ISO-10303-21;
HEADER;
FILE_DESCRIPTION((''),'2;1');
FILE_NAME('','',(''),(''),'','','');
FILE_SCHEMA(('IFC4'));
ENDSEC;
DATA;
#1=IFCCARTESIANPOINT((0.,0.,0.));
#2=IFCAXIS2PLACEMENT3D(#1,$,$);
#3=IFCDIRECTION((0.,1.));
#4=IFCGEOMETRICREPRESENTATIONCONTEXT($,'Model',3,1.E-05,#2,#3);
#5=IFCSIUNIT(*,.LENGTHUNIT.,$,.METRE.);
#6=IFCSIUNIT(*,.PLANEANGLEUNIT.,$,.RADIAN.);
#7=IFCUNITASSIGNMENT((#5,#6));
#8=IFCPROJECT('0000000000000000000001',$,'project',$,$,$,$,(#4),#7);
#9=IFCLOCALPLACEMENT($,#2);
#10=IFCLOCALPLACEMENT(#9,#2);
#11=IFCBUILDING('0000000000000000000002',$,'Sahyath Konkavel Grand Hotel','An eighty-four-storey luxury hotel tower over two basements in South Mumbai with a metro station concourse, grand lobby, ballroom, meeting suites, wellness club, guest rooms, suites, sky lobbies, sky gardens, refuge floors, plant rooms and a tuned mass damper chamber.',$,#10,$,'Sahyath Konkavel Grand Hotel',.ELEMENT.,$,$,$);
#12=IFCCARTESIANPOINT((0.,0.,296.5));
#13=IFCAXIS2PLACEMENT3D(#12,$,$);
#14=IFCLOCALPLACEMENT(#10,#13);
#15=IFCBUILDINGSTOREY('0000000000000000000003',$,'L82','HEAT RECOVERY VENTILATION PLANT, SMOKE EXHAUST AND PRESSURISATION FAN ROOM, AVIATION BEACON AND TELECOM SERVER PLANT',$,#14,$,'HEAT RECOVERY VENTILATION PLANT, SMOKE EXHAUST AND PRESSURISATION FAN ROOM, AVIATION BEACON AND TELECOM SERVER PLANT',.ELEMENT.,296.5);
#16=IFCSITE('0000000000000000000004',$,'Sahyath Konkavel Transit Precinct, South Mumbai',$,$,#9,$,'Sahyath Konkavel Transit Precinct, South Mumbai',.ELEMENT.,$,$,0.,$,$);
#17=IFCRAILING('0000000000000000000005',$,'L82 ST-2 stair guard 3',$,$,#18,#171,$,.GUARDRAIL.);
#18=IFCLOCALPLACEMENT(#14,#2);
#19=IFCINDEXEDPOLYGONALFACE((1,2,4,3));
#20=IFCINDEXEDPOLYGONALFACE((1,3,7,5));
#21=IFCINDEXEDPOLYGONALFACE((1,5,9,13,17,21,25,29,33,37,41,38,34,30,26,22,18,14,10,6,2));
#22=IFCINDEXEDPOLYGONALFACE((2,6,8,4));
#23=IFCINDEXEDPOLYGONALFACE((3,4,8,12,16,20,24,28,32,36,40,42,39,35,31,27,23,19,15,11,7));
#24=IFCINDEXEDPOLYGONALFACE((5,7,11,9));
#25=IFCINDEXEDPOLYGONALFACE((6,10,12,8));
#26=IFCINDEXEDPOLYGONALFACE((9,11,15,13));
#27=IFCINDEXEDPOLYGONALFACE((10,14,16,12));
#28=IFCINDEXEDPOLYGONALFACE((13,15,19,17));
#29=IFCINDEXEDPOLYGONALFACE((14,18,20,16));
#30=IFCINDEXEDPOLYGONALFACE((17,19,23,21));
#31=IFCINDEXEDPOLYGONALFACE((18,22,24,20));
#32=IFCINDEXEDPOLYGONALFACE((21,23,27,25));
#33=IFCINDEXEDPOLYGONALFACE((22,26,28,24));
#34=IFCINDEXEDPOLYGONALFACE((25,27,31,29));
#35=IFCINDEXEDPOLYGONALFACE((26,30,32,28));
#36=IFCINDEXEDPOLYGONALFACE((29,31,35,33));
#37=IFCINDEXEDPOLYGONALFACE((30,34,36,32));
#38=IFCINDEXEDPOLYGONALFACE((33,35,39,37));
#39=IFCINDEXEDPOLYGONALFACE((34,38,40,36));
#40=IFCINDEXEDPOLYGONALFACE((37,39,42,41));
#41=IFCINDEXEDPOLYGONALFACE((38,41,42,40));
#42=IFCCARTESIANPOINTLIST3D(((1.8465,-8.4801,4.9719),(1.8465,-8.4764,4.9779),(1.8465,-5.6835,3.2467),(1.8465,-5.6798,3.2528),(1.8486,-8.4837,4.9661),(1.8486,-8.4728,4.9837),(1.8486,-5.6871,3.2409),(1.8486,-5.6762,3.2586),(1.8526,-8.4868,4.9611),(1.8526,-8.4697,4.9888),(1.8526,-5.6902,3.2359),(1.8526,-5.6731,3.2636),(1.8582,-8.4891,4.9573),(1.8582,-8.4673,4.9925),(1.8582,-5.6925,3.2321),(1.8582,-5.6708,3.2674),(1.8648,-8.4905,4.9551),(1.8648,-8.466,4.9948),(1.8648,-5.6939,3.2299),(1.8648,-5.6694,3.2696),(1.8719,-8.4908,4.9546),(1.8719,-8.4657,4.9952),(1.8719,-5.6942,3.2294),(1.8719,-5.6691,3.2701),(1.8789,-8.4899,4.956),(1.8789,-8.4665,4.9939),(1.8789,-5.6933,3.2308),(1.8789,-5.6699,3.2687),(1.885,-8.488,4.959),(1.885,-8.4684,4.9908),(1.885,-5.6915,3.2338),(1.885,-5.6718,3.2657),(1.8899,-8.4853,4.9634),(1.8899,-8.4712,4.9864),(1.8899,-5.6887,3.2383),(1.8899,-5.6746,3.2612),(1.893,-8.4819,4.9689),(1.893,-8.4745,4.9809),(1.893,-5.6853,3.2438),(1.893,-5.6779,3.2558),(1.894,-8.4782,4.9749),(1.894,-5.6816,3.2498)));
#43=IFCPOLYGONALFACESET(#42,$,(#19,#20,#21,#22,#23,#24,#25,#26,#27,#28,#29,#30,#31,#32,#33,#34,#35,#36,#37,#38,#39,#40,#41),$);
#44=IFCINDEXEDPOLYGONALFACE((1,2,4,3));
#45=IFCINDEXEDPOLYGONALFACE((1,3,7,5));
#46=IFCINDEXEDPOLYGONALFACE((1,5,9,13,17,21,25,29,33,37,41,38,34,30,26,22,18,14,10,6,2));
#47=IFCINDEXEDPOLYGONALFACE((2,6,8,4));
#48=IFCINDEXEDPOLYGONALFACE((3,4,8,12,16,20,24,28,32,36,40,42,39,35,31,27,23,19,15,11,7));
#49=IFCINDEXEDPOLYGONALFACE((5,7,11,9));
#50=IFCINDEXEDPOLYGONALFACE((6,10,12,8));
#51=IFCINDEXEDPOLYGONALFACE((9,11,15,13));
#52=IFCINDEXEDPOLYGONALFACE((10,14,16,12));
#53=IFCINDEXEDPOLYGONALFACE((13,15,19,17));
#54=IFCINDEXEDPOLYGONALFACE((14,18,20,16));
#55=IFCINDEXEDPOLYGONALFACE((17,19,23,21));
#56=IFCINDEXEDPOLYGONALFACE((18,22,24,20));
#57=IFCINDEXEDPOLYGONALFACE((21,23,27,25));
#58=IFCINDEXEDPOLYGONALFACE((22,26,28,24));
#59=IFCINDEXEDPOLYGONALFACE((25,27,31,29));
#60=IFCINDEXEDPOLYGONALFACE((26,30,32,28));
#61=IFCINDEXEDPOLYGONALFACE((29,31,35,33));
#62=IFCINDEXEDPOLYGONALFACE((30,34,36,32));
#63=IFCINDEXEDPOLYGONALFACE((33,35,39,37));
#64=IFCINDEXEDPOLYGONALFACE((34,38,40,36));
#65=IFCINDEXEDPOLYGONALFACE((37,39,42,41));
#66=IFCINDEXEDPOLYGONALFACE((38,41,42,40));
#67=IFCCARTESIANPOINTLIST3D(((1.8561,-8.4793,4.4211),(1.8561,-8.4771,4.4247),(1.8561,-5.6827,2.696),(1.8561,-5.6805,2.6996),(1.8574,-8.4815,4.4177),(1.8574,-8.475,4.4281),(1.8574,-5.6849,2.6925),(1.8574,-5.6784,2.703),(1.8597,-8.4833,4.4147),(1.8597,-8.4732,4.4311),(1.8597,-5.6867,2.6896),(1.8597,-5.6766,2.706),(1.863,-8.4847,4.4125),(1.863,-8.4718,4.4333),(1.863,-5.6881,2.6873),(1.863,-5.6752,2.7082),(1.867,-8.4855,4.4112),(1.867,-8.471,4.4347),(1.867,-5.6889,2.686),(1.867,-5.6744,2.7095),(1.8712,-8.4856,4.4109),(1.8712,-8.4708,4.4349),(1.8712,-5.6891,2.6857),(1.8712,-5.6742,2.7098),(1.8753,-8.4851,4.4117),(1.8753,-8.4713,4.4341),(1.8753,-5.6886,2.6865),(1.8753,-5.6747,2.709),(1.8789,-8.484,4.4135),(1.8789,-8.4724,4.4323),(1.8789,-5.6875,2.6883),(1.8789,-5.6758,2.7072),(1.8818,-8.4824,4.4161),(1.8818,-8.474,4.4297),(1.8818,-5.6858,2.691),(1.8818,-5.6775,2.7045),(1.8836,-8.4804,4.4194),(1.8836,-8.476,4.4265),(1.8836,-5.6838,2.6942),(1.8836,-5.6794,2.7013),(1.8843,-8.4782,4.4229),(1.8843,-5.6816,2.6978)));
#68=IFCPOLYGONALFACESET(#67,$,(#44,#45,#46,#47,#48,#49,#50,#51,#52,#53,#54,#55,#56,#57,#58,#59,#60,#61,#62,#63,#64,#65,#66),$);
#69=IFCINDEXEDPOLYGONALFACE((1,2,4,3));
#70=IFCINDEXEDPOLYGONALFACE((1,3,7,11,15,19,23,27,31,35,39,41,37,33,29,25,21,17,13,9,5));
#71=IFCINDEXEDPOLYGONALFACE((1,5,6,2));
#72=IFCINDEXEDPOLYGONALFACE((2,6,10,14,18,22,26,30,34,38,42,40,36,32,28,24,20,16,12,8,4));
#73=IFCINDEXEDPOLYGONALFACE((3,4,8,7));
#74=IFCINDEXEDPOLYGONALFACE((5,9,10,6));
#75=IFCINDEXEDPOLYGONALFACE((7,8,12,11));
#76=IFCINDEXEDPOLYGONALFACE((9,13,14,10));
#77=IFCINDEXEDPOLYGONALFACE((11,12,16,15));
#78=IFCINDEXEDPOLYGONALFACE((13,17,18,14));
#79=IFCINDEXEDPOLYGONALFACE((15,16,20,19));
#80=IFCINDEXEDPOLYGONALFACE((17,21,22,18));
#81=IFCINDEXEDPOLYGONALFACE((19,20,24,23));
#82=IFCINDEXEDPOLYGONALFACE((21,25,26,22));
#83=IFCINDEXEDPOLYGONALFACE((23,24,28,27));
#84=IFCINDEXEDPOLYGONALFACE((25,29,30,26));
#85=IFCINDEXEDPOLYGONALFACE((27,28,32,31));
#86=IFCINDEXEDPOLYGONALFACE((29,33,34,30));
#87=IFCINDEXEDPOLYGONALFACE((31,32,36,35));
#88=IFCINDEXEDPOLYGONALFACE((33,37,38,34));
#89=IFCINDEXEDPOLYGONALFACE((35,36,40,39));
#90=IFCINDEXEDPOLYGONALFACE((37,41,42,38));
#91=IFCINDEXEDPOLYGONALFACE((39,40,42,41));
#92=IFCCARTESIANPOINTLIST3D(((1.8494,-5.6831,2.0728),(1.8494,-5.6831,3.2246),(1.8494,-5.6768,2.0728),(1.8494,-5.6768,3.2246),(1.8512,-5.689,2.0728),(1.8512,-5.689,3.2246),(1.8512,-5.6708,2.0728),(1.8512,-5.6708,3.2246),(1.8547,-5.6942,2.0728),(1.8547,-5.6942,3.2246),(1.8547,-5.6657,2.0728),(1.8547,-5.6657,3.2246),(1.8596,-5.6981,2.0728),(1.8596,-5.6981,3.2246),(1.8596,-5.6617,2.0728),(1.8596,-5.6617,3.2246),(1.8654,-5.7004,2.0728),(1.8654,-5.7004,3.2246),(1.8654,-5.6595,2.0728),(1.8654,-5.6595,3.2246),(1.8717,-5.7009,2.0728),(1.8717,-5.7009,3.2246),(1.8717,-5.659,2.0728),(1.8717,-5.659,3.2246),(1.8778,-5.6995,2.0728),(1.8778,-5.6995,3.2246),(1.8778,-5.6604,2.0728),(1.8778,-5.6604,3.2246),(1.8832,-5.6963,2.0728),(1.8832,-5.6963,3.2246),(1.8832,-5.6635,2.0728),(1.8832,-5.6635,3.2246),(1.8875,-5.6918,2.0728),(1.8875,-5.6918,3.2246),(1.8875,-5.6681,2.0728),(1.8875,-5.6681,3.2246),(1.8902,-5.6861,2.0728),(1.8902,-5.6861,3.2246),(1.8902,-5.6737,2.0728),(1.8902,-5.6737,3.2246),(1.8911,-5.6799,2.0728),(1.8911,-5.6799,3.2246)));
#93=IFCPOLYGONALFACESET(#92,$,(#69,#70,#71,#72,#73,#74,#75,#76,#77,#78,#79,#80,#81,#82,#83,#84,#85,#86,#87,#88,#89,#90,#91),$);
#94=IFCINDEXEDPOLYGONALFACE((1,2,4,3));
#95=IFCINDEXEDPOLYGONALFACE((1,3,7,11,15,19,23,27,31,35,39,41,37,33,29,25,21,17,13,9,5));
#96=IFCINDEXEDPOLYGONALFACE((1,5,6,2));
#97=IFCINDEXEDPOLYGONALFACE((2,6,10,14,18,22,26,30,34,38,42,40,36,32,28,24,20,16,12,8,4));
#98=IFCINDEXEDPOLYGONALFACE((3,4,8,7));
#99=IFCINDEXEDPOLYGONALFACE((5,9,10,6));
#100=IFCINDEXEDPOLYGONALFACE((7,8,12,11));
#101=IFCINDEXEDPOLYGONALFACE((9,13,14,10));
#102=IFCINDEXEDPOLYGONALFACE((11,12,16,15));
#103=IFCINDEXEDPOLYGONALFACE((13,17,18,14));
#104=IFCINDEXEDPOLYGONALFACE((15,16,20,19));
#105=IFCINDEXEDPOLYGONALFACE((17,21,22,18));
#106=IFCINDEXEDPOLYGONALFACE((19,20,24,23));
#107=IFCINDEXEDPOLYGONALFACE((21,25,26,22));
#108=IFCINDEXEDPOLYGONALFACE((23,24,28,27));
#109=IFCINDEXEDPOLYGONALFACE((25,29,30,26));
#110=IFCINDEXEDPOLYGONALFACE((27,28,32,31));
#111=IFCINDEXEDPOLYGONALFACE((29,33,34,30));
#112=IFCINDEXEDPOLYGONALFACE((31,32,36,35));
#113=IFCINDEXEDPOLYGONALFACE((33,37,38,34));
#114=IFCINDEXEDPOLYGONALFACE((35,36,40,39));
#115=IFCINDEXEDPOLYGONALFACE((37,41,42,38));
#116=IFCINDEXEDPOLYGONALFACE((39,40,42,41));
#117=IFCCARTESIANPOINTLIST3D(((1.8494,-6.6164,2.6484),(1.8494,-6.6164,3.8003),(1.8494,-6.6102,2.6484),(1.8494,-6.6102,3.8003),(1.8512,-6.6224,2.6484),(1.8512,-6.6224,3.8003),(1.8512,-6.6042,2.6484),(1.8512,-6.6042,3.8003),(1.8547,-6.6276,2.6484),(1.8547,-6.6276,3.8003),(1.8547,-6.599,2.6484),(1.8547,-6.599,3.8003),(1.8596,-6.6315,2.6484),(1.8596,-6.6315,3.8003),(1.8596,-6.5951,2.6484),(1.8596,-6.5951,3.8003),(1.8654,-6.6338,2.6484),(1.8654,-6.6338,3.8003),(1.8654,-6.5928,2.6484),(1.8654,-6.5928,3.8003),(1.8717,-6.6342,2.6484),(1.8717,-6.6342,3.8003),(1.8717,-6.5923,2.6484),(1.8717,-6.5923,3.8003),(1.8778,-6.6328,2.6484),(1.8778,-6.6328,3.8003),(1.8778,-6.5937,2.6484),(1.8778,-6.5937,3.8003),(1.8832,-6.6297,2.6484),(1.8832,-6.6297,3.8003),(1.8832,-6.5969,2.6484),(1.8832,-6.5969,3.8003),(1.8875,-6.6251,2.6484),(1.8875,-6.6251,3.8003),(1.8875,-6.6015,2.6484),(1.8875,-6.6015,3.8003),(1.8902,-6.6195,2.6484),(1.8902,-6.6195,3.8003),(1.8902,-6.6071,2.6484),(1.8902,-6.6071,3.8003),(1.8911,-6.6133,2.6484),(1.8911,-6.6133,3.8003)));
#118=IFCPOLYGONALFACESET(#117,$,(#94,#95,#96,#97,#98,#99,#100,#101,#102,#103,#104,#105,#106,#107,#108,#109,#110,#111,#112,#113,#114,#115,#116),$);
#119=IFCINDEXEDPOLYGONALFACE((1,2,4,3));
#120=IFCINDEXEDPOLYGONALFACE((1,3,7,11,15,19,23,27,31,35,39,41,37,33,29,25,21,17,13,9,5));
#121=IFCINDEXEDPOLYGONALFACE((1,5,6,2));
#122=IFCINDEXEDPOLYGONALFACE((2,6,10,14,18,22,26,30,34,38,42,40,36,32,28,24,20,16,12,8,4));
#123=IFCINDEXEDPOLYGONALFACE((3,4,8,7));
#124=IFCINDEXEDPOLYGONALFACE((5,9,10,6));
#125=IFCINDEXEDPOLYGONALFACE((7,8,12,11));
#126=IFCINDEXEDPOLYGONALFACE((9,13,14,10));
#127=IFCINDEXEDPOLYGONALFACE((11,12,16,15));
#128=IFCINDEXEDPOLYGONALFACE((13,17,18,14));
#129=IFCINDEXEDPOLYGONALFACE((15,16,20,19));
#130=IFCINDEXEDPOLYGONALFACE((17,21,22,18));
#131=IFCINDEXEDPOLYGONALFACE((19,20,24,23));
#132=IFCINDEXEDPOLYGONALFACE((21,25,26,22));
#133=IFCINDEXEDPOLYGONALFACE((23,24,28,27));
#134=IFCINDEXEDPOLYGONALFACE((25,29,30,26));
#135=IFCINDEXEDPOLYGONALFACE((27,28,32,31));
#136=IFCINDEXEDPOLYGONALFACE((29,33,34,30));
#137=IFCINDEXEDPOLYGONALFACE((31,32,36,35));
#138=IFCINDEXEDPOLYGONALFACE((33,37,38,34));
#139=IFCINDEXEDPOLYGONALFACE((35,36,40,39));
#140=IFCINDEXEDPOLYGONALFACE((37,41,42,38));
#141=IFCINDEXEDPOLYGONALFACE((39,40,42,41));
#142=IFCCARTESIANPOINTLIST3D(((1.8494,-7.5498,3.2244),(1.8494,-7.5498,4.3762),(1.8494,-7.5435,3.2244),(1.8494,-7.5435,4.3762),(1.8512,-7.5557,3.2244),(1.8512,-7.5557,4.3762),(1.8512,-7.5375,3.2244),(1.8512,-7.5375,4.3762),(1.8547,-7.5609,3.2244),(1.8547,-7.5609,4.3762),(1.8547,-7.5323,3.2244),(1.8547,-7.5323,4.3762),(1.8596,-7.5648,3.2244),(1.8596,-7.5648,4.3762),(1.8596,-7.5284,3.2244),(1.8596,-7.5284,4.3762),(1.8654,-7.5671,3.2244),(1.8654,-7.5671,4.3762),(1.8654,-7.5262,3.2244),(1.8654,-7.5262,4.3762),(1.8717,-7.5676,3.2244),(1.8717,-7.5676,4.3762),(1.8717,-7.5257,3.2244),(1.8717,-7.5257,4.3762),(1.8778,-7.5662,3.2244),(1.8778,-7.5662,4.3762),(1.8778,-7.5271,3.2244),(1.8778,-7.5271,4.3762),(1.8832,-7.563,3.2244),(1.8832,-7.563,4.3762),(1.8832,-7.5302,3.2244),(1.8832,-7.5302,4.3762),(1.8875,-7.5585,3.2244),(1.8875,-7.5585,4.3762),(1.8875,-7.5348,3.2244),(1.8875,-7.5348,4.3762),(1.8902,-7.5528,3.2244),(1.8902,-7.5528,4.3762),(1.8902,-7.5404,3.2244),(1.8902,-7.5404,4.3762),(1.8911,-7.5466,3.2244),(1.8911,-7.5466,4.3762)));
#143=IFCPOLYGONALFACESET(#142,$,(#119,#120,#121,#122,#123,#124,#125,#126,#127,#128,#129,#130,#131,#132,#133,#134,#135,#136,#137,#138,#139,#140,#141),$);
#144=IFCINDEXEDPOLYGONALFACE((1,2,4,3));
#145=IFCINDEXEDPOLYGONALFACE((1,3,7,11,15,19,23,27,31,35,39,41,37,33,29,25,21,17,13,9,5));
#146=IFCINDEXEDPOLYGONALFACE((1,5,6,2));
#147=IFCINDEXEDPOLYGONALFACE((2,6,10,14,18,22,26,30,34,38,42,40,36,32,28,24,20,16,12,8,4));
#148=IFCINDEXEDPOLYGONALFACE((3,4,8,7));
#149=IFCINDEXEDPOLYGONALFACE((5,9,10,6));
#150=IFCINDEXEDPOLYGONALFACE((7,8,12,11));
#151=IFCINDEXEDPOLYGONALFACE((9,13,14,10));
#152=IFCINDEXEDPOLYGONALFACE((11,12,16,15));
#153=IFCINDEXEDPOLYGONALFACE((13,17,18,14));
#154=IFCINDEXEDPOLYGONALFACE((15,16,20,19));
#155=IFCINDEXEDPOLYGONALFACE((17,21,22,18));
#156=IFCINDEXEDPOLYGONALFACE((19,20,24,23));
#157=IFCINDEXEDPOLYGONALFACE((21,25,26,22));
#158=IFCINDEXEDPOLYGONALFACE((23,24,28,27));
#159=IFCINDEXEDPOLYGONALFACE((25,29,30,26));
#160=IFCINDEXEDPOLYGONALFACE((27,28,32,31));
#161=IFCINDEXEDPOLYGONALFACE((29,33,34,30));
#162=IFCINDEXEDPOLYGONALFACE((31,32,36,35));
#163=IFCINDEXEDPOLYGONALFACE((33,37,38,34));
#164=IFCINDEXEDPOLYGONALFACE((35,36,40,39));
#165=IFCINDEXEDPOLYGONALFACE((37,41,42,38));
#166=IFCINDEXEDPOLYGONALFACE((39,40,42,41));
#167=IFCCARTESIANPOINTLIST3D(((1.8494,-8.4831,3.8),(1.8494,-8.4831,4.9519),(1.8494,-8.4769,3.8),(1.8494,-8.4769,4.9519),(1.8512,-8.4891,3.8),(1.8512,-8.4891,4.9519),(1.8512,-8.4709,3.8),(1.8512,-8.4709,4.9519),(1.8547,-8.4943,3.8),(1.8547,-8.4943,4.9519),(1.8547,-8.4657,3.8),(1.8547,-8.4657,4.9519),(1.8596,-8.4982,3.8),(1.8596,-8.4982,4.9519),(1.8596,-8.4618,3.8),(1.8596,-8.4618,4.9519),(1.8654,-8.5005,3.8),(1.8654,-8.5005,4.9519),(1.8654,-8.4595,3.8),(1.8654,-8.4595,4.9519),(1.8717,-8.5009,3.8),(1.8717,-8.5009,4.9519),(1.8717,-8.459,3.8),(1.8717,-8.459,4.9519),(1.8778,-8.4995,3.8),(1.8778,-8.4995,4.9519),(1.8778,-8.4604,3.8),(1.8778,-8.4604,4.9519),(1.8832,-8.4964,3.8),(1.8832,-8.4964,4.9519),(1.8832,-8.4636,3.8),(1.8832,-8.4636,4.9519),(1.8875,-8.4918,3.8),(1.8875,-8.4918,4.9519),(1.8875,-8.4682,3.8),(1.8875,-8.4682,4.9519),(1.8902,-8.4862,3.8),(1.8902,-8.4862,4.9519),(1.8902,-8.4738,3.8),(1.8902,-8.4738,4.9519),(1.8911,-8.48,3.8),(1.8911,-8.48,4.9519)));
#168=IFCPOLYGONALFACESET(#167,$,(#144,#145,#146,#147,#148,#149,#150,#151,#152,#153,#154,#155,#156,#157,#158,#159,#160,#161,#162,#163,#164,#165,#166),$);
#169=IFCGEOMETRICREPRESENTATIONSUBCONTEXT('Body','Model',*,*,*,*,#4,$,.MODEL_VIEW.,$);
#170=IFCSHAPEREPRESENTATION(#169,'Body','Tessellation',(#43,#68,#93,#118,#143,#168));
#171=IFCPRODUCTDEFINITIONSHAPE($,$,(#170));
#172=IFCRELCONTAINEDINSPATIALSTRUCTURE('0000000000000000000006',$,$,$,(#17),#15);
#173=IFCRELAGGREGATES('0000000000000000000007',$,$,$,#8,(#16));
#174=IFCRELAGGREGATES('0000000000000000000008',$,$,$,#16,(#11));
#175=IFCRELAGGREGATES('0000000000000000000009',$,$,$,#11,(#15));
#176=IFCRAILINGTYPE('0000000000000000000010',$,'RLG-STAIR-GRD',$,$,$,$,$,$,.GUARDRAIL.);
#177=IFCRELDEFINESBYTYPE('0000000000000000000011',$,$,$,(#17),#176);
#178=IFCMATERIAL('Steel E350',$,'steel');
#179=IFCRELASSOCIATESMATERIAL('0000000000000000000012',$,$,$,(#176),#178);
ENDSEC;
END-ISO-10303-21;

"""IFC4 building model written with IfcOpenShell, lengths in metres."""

from ifc_helpers import new_model, si_unit, direction, frame, origin, origin_2d, place, context, subcontext, project, spatial, circle, extrude, material, type_object, element, save


model = new_model("IFC4")

# Units and contexts
model_context = context("Model", 3, precision=1e-05, world=origin(), true_north=direction((0.0, 1.0)))
body_context = subcontext(model_context, "Body", "Model", "MODEL_VIEW")
ifc_project = project(units=[si_unit("LENGTHUNIT", "METRE"), si_unit("PLANEANGLEUNIT", "RADIAN")], contexts=[model_context])

# Site, building, storey
site_placement = place(None, origin())
site = spatial("IfcSite", under=ifc_project, at=site_placement, Name="Sahyath Konkavel Transit Precinct, South Mumbai", LongName="Sahyath Konkavel Transit Precinct, South Mumbai", CompositionType="ELEMENT", RefElevation=0.0)
building_placement = place(site_placement, origin())
building = spatial("IfcBuilding", under=site, at=building_placement, Name="Sahyath Konkavel Grand Hotel", Description="An eighty-four-storey luxury hotel tower over two basements in South Mumbai with a metro station concourse, grand lobby, ballroom, meeting suites, wellness club, guest rooms, suites, sky lobbies, sky gardens, refuge floors, plant rooms and a tuned mass damper chamber.", LongName="Sahyath Konkavel Grand Hotel", CompositionType="ELEMENT")
storey_placement = place(building_placement, frame((0.0, 0.0, 296.5)))
storey = spatial("IfcBuildingStorey", under=building, at=storey_placement, Name="L82", Description="HEAT RECOVERY VENTILATION PLANT, SMOKE EXHAUST AND PRESSURISATION FAN ROOM, AVIATION BEACON AND TELECOM SERVER PLANT", LongName="HEAT RECOVERY VENTILATION PLANT, SMOKE EXHAUST AND PRESSURISATION FAN ROOM, AVIATION BEACON AND TELECOM SERVER PLANT", CompositionType="ELEMENT", Elevation=296.5)

# Shared definitions
ifc_material_1 = material(Name="Steel E350", Category="steel")

# Railing
railing_type_1 = type_object("IfcRailingType", Name="RLG-STAIR-GRD", PredefinedType="GUARDRAIL", material=ifc_material_1)
railing_1_placement = place(storey_placement, frame((1.8701, -5.6799, 2.0728)))
element("IfcRailing", 1, at=railing_1_placement, inside=storey, type_object=railing_type_1, Name="L82 ST-2 stair guard 3", PredefinedType="GUARDRAIL", context=body_context, shape_type="SweptSolid", body=[
    extrude(circle(Radius=0.0239, at=origin_2d()), frame((0.0, -0.0017, 1.177), z_axis=(0.0, -0.85109, 0.52502), x_axis=(1.0, 0.0, 0.0)), (0.0, 0.0, 1.0), 3.2859),
    extrude(circle(Radius=0.0142, at=origin_2d()), frame((0.0, -0.0017, 0.625), z_axis=(0.0, -0.85109, 0.52502), x_axis=(1.0, 0.0, 0.0)), (0.0, 0.0, 1.0), 3.2859),
    extrude(circle(Radius=0.021, at=origin_2d()), origin(), (0.0, 0.0, 1.0), 1.1519),
    extrude(circle(Radius=0.021, at=origin_2d()), frame((0.0, -0.9333, 0.5757)), (0.0, 0.0, 1.0), 1.1519),
    extrude(circle(Radius=0.021, at=origin_2d()), frame((0.0, -1.8667, 1.1516)), (0.0, 0.0, 1.0), 1.1519),
    extrude(circle(Radius=0.021, at=origin_2d()), frame((0.0, -2.8, 1.7273)), (0.0, 0.0, 1.0), 1.1519),
])

save(model, "model.ifc")
